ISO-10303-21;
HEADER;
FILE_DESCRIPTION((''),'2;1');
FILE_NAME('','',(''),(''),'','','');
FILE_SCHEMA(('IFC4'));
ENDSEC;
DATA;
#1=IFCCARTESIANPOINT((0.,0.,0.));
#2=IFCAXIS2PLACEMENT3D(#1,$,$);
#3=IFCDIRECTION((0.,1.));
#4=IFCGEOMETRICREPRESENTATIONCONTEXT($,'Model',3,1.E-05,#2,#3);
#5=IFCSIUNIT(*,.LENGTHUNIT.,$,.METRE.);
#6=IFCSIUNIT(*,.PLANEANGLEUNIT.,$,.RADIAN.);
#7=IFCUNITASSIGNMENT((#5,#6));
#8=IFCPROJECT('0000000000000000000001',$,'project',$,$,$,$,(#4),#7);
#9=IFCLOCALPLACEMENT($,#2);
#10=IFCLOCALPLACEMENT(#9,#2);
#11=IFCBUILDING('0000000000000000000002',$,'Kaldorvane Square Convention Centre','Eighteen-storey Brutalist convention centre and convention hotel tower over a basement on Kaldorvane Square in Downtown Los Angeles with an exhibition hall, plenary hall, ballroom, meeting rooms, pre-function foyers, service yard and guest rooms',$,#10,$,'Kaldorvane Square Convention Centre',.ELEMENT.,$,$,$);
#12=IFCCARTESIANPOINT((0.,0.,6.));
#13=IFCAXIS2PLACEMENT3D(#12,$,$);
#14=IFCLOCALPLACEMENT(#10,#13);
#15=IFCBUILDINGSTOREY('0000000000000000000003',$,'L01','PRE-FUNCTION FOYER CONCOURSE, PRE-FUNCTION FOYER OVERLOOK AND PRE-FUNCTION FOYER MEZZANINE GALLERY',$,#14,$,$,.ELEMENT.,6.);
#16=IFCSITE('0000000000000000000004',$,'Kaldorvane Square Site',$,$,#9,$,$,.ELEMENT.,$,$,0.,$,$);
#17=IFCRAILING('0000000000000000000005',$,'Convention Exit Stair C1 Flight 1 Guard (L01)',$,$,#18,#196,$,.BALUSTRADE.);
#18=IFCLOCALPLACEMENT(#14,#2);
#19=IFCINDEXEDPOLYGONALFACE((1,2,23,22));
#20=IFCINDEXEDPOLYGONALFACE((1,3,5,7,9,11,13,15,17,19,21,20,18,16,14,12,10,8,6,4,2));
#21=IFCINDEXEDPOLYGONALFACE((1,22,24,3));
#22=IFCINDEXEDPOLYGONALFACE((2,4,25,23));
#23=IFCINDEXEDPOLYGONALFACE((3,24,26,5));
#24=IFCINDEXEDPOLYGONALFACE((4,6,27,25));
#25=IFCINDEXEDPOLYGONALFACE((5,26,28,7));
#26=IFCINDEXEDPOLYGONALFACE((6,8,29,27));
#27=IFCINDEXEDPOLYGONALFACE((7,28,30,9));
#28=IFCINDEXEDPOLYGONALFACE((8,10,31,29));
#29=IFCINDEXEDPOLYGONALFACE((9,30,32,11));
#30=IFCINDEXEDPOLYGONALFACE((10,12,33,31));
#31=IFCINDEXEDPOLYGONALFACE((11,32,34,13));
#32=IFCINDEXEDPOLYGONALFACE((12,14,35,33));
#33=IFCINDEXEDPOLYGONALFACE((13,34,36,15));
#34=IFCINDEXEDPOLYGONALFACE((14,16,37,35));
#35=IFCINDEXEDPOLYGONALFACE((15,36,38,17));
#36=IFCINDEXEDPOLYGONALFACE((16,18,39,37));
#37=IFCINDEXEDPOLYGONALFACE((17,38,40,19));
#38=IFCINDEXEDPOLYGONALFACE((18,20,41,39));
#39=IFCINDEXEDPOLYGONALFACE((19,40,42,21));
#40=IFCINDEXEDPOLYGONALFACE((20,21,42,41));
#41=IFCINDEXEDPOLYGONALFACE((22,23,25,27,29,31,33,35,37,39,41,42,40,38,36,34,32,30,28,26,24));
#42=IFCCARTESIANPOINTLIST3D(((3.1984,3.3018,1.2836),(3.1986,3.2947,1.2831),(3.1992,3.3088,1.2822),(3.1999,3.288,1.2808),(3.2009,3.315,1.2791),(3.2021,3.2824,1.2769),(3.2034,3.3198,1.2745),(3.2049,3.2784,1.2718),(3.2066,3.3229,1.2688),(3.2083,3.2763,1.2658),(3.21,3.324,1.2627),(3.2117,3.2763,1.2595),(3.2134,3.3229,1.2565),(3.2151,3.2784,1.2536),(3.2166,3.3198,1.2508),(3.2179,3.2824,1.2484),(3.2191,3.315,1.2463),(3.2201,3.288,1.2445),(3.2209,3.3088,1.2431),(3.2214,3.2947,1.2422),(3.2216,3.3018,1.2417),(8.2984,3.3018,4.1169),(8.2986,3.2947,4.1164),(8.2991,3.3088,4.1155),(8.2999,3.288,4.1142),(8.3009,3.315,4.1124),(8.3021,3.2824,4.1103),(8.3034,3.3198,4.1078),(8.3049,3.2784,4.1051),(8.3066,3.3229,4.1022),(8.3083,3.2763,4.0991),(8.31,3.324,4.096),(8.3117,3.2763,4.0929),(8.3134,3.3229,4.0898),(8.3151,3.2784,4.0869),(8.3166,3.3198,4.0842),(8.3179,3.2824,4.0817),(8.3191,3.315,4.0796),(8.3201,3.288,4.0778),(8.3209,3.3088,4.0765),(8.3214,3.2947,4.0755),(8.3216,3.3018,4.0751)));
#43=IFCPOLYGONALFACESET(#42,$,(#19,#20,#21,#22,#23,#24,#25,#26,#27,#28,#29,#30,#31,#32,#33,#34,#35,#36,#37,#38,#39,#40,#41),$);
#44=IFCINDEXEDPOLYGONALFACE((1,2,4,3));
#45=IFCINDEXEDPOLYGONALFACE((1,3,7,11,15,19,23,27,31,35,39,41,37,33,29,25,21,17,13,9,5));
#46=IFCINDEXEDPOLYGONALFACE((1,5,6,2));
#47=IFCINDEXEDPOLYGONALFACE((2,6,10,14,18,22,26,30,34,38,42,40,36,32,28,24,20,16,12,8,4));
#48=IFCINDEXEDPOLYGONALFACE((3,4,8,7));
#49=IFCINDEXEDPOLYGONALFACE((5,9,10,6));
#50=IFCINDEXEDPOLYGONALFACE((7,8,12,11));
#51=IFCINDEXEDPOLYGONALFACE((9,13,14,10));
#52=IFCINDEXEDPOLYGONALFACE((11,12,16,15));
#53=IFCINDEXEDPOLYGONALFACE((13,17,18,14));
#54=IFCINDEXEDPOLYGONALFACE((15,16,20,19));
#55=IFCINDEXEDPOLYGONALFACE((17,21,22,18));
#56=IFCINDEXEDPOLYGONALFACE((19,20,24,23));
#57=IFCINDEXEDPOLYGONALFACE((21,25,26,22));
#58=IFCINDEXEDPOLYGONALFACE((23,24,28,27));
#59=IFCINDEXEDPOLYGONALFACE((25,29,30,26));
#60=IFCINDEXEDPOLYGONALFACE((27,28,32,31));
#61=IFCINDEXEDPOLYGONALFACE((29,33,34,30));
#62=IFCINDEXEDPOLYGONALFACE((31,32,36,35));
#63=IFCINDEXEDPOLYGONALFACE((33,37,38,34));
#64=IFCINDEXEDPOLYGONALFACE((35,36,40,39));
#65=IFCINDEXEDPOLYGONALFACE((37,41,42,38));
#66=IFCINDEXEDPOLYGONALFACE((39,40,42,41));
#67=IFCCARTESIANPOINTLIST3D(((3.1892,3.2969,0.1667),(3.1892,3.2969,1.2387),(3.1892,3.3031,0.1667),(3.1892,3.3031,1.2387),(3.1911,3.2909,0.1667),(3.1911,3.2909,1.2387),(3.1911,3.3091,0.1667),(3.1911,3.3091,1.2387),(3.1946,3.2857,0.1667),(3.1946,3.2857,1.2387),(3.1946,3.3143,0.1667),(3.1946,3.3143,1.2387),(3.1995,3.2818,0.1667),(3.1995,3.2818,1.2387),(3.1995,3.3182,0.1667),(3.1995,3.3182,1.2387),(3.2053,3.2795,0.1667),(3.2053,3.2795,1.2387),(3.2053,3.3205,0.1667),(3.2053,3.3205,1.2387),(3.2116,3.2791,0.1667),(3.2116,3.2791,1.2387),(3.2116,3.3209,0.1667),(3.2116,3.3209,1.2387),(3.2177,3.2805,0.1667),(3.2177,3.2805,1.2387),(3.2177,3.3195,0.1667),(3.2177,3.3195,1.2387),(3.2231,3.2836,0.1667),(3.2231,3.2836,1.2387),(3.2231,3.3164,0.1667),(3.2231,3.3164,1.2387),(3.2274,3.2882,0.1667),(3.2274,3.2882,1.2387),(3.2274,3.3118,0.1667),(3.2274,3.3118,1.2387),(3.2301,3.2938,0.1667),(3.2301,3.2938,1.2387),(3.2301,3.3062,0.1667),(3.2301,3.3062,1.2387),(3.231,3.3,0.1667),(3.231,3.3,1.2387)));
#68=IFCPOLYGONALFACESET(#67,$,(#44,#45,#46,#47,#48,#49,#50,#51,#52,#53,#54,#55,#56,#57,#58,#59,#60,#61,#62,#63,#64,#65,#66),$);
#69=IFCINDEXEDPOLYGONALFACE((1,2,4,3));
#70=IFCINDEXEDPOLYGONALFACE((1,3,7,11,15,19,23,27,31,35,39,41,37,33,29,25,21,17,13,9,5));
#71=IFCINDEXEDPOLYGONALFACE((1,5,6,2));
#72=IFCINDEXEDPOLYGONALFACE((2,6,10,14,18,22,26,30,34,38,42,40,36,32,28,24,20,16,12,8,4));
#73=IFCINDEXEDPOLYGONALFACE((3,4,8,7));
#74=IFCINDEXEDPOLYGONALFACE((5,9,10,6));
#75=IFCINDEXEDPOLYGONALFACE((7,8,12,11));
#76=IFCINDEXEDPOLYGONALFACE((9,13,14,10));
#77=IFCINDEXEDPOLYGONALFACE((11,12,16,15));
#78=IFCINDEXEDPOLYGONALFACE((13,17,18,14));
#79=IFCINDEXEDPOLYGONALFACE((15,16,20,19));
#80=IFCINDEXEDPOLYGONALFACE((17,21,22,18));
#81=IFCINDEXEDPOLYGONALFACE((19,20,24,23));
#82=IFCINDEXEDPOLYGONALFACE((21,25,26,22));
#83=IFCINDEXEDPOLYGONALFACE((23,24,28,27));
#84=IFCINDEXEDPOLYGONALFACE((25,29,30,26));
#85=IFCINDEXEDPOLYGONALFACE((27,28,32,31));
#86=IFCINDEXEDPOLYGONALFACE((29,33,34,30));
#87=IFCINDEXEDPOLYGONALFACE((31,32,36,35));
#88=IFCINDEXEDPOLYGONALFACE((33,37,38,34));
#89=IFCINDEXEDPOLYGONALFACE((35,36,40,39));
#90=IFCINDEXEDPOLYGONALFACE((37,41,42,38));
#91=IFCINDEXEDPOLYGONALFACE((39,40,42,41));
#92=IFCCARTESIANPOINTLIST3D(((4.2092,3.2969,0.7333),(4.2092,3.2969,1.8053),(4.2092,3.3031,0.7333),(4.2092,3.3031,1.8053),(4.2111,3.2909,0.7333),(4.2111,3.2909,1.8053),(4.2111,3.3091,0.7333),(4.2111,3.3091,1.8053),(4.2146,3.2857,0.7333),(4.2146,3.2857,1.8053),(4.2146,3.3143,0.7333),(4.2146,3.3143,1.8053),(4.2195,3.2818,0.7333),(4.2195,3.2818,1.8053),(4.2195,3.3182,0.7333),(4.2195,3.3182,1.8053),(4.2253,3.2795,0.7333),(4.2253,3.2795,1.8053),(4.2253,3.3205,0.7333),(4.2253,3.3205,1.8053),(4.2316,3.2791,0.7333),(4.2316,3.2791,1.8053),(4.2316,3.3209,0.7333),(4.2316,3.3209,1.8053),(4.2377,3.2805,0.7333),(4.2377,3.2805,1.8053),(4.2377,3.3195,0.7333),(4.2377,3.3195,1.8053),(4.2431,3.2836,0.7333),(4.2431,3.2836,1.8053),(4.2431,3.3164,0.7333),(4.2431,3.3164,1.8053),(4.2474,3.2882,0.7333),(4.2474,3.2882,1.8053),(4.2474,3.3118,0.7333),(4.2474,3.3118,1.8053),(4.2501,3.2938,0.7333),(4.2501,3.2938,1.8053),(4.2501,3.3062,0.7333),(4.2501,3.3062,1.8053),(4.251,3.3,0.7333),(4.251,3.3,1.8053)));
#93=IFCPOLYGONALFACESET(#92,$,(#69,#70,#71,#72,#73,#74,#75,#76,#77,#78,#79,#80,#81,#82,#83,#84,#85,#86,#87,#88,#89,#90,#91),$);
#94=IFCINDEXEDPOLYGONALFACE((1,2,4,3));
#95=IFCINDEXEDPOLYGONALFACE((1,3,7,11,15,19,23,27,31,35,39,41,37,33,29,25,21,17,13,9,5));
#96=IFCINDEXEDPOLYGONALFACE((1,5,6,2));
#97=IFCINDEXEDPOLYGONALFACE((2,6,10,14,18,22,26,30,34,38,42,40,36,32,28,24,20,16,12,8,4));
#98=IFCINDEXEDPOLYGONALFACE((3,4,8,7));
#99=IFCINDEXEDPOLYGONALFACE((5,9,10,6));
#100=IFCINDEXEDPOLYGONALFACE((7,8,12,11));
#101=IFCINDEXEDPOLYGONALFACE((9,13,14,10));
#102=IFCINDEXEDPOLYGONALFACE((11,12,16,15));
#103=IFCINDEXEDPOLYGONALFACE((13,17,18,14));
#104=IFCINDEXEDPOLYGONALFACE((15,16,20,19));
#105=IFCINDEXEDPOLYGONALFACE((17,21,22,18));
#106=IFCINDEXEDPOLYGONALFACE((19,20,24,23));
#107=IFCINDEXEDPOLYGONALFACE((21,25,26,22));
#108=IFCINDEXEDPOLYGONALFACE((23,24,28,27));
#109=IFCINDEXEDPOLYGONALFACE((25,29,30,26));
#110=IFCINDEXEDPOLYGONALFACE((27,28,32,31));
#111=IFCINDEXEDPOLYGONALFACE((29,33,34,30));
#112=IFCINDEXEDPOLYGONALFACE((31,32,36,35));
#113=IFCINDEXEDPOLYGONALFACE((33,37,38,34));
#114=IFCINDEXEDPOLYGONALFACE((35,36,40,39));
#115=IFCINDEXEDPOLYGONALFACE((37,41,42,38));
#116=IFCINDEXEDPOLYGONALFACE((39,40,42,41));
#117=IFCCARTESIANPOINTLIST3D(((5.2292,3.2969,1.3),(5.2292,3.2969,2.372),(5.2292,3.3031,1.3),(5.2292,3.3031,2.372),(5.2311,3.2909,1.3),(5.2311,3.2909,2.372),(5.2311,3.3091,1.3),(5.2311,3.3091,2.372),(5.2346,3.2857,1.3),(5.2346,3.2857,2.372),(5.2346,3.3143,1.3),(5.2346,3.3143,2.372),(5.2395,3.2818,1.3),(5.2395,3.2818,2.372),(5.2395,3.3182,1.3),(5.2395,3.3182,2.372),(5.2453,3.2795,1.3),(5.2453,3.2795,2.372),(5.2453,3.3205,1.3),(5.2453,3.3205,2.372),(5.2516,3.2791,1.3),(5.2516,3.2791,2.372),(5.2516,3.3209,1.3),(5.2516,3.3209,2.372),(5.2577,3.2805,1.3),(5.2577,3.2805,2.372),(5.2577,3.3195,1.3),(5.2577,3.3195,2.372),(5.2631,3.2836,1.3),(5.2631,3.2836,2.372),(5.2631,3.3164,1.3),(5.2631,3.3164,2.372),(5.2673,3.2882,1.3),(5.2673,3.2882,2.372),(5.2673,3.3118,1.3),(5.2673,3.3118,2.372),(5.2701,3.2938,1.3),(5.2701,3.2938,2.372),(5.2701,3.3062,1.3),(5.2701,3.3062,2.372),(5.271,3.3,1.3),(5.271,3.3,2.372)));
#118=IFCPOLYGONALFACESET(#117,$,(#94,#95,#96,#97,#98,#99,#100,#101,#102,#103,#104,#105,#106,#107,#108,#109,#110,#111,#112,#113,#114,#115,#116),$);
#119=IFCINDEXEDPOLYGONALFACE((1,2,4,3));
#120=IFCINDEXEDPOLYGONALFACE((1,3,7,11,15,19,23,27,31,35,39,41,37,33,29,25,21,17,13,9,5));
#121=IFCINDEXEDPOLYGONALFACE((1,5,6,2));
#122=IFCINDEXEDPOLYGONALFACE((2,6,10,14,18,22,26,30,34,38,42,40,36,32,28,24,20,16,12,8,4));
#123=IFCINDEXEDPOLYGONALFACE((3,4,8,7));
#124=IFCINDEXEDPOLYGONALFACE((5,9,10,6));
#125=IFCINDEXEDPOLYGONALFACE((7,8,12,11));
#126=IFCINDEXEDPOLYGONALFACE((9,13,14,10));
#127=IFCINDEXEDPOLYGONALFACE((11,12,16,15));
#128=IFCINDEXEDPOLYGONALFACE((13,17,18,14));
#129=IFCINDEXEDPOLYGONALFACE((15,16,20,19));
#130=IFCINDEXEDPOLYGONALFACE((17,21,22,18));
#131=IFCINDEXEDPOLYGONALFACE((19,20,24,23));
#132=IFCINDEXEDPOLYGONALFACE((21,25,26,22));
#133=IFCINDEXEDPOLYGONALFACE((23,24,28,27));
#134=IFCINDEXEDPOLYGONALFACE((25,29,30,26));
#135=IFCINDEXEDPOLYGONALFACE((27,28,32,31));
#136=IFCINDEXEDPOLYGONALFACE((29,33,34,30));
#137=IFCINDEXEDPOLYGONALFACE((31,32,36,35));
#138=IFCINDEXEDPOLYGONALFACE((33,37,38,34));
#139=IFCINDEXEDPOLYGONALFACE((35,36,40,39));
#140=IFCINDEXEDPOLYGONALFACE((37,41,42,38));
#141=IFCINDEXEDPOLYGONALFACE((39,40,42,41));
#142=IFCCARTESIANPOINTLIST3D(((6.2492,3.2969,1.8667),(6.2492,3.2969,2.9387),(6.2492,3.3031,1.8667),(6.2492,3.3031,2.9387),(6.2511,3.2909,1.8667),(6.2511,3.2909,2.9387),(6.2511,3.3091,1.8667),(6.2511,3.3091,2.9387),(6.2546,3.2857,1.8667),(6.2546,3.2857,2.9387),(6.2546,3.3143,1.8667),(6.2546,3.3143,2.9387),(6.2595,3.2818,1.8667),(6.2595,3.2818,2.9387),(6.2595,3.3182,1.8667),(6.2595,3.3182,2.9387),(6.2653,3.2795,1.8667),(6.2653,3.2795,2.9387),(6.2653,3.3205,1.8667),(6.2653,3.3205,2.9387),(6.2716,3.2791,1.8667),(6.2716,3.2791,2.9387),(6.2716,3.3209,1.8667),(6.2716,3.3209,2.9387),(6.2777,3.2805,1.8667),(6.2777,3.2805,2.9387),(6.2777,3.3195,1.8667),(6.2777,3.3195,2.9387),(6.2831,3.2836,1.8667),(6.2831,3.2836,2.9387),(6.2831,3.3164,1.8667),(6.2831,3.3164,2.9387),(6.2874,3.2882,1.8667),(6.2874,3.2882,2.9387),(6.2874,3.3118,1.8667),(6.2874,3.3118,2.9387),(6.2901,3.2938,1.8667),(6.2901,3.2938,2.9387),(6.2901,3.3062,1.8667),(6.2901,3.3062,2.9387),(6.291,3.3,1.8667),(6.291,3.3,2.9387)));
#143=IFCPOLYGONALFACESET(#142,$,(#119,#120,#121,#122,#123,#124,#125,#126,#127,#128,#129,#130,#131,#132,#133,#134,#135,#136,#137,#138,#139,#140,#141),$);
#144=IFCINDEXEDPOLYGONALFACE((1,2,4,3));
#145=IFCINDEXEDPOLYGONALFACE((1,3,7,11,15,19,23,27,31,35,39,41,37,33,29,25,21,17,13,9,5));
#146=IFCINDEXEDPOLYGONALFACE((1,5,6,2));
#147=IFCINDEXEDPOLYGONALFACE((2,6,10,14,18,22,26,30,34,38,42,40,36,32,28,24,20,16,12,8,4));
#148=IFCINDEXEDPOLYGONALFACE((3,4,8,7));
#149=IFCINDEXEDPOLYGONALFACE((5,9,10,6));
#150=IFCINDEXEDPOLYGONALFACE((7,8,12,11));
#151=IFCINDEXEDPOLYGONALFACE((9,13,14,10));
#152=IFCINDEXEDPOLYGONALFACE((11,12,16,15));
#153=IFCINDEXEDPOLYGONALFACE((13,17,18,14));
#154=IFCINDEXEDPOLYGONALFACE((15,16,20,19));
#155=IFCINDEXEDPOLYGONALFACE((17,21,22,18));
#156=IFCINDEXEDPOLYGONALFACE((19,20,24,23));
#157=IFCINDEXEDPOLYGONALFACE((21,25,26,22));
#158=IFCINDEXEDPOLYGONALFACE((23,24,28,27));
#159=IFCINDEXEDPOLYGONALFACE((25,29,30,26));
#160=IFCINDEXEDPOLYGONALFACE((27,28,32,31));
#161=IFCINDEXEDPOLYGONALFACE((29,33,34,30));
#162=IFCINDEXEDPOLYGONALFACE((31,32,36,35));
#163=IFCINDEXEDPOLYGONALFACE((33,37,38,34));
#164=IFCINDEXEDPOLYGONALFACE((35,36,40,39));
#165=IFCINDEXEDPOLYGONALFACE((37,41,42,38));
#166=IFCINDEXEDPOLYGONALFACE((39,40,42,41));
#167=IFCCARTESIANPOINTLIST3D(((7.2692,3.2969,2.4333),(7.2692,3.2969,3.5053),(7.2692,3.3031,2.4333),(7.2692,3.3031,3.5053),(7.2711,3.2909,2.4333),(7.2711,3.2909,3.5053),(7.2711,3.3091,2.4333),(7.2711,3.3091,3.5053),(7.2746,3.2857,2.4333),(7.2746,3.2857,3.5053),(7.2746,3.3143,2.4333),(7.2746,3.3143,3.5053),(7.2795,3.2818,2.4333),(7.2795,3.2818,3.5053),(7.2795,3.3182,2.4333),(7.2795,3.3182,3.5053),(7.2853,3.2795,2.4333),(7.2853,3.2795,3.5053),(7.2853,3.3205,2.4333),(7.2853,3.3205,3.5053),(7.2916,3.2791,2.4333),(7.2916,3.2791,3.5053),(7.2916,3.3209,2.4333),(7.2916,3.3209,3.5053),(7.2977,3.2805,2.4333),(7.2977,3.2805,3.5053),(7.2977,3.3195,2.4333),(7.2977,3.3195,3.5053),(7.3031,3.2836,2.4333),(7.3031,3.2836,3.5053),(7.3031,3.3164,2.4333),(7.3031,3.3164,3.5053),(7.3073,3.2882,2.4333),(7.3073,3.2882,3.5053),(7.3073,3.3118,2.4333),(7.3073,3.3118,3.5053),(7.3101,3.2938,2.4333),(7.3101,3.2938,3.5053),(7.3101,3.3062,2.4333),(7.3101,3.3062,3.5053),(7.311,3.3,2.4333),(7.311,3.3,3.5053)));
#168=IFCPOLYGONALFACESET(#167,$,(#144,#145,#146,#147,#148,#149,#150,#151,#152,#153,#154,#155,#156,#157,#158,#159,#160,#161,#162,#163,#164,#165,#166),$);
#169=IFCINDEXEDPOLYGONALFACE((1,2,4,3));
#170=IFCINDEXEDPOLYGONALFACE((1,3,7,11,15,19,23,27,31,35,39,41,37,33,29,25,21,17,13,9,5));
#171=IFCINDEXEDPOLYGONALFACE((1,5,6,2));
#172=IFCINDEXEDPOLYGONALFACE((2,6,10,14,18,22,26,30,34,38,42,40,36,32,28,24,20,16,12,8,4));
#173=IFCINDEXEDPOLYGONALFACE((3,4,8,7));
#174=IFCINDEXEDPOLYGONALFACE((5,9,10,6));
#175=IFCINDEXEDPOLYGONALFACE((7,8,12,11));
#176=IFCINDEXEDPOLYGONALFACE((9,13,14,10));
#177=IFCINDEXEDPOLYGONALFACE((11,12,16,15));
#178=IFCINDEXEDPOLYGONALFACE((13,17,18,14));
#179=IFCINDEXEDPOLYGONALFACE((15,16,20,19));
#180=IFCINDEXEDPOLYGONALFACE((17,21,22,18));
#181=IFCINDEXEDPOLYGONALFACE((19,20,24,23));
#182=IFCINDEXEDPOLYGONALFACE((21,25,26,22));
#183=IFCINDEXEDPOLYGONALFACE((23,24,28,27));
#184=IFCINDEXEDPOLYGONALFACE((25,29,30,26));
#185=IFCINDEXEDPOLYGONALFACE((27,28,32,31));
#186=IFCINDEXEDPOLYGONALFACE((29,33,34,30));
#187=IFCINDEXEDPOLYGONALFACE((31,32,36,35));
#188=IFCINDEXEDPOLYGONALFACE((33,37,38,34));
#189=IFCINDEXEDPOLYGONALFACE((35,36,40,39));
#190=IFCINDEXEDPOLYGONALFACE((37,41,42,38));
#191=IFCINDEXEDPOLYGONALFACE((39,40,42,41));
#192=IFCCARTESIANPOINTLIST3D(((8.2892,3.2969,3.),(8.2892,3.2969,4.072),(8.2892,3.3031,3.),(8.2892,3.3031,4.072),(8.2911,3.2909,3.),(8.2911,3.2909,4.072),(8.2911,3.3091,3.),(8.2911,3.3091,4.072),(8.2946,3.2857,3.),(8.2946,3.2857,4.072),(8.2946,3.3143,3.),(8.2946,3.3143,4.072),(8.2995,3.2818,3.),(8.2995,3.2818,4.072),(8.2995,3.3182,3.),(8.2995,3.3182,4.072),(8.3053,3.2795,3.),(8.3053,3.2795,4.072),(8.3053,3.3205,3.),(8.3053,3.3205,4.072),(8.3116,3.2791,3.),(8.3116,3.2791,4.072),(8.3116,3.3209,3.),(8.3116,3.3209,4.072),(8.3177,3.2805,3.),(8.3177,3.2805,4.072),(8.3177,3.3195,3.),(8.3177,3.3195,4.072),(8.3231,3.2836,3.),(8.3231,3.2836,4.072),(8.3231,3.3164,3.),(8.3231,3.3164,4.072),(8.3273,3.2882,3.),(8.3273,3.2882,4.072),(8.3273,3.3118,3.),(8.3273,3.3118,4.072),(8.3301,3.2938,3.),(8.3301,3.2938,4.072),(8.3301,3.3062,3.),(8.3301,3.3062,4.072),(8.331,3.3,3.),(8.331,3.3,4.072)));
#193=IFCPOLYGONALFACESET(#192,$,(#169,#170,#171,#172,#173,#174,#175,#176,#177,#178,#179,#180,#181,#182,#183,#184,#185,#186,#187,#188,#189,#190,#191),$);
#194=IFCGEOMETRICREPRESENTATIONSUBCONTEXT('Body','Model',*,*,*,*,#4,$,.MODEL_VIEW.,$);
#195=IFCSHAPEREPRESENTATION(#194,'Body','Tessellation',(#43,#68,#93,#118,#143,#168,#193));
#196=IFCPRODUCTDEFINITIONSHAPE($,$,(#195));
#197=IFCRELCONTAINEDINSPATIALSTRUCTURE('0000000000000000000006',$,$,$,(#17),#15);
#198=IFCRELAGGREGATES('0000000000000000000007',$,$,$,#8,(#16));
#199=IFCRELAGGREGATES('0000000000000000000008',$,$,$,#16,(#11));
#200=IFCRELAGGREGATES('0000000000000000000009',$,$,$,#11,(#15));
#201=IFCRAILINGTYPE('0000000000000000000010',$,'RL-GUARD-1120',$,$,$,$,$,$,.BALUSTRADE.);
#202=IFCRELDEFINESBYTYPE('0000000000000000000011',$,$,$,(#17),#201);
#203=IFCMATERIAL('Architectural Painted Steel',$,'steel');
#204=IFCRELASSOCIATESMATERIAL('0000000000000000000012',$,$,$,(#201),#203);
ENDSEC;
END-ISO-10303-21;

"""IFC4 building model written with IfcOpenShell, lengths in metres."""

from ifc_helpers import new_model, si_unit, direction, frame, origin, origin_2d, place, context, subcontext, project, spatial, circle, extrude, material, type_object, element, save


model = new_model("IFC4")

# Units and contexts
model_context = context("Model", 3, precision=1e-05, world=origin(), true_north=direction((0.0, 1.0)))
body_context = subcontext(model_context, "Body", "Model", "MODEL_VIEW")
ifc_project = project(units=[si_unit("LENGTHUNIT", "METRE"), si_unit("PLANEANGLEUNIT", "RADIAN")], contexts=[model_context])

# Site, building, storey
site_placement = place(None, origin())
site = spatial("IfcSite", under=ifc_project, at=site_placement, Name="Kaldorvane Square Site", CompositionType="ELEMENT", RefElevation=0.0)
building_placement = place(site_placement, origin())
building = spatial("IfcBuilding", under=site, at=building_placement, Name="Kaldorvane Square Convention Centre", Description="Eighteen-storey Brutalist convention centre and convention hotel tower over a basement on Kaldorvane Square in Downtown Los Angeles with an exhibition hall, plenary hall, ballroom, meeting rooms, pre-function foyers, service yard and guest rooms", LongName="Kaldorvane Square Convention Centre", CompositionType="ELEMENT")
storey_placement = place(building_placement, frame((0.0, 0.0, 6.0)))
storey = spatial("IfcBuildingStorey", under=building, at=storey_placement, Name="L01", Description="PRE-FUNCTION FOYER CONCOURSE, PRE-FUNCTION FOYER OVERLOOK AND PRE-FUNCTION FOYER MEZZANINE GALLERY", CompositionType="ELEMENT", Elevation=6.0)

# Railing
ifc_material_1 = material(Name="Architectural Painted Steel", Category="steel")
railing_type_1 = type_object("IfcRailingType", Name="RL-GUARD-1120", PredefinedType="BALUSTRADE", material=ifc_material_1)
railing_1_placement = place(storey_placement, frame((3.21, 3.3, 0.1667)))
element("IfcRailing", 1, at=railing_1_placement, inside=storey, type_object=railing_type_1, Name="Convention Exit Stair C1 Flight 1 Guard (L01)", PredefinedType="BALUSTRADE", context=body_context, shape_type="SweptSolid", body=[
    extrude(circle(Radius=0.024, at=origin_2d()), frame((0.0, 0.0, 1.096), z_axis=(0.874157, 0.0, 0.485643), x_axis=(0.0, 1.0, 0.0)), (0.0, 0.0, 1.0), 5.8342),
    extrude(circle(Radius=0.021, at=origin_2d()), origin(), (0.0, 0.0, 1.0), 1.072),
    extrude(circle(Radius=0.021, at=origin_2d()), frame((1.02, 0.0, 0.5667)), (0.0, 0.0, 1.0), 1.072),
    extrude(circle(Radius=0.021, at=origin_2d()), frame((2.04, 0.0, 1.1333)), (0.0, 0.0, 1.0), 1.072),
    extrude(circle(Radius=0.021, at=origin_2d()), frame((3.06, 0.0, 1.7)), (0.0, 0.0, 1.0), 1.072),
    extrude(circle(Radius=0.021, at=origin_2d()), frame((4.08, 0.0, 2.2667)), (0.0, 0.0, 1.0), 1.072),
    extrude(circle(Radius=0.021, at=origin_2d()), frame((5.1, 0.0, 2.8333)), (0.0, 0.0, 1.0), 1.072),
])

save(model, "model.ifc")
